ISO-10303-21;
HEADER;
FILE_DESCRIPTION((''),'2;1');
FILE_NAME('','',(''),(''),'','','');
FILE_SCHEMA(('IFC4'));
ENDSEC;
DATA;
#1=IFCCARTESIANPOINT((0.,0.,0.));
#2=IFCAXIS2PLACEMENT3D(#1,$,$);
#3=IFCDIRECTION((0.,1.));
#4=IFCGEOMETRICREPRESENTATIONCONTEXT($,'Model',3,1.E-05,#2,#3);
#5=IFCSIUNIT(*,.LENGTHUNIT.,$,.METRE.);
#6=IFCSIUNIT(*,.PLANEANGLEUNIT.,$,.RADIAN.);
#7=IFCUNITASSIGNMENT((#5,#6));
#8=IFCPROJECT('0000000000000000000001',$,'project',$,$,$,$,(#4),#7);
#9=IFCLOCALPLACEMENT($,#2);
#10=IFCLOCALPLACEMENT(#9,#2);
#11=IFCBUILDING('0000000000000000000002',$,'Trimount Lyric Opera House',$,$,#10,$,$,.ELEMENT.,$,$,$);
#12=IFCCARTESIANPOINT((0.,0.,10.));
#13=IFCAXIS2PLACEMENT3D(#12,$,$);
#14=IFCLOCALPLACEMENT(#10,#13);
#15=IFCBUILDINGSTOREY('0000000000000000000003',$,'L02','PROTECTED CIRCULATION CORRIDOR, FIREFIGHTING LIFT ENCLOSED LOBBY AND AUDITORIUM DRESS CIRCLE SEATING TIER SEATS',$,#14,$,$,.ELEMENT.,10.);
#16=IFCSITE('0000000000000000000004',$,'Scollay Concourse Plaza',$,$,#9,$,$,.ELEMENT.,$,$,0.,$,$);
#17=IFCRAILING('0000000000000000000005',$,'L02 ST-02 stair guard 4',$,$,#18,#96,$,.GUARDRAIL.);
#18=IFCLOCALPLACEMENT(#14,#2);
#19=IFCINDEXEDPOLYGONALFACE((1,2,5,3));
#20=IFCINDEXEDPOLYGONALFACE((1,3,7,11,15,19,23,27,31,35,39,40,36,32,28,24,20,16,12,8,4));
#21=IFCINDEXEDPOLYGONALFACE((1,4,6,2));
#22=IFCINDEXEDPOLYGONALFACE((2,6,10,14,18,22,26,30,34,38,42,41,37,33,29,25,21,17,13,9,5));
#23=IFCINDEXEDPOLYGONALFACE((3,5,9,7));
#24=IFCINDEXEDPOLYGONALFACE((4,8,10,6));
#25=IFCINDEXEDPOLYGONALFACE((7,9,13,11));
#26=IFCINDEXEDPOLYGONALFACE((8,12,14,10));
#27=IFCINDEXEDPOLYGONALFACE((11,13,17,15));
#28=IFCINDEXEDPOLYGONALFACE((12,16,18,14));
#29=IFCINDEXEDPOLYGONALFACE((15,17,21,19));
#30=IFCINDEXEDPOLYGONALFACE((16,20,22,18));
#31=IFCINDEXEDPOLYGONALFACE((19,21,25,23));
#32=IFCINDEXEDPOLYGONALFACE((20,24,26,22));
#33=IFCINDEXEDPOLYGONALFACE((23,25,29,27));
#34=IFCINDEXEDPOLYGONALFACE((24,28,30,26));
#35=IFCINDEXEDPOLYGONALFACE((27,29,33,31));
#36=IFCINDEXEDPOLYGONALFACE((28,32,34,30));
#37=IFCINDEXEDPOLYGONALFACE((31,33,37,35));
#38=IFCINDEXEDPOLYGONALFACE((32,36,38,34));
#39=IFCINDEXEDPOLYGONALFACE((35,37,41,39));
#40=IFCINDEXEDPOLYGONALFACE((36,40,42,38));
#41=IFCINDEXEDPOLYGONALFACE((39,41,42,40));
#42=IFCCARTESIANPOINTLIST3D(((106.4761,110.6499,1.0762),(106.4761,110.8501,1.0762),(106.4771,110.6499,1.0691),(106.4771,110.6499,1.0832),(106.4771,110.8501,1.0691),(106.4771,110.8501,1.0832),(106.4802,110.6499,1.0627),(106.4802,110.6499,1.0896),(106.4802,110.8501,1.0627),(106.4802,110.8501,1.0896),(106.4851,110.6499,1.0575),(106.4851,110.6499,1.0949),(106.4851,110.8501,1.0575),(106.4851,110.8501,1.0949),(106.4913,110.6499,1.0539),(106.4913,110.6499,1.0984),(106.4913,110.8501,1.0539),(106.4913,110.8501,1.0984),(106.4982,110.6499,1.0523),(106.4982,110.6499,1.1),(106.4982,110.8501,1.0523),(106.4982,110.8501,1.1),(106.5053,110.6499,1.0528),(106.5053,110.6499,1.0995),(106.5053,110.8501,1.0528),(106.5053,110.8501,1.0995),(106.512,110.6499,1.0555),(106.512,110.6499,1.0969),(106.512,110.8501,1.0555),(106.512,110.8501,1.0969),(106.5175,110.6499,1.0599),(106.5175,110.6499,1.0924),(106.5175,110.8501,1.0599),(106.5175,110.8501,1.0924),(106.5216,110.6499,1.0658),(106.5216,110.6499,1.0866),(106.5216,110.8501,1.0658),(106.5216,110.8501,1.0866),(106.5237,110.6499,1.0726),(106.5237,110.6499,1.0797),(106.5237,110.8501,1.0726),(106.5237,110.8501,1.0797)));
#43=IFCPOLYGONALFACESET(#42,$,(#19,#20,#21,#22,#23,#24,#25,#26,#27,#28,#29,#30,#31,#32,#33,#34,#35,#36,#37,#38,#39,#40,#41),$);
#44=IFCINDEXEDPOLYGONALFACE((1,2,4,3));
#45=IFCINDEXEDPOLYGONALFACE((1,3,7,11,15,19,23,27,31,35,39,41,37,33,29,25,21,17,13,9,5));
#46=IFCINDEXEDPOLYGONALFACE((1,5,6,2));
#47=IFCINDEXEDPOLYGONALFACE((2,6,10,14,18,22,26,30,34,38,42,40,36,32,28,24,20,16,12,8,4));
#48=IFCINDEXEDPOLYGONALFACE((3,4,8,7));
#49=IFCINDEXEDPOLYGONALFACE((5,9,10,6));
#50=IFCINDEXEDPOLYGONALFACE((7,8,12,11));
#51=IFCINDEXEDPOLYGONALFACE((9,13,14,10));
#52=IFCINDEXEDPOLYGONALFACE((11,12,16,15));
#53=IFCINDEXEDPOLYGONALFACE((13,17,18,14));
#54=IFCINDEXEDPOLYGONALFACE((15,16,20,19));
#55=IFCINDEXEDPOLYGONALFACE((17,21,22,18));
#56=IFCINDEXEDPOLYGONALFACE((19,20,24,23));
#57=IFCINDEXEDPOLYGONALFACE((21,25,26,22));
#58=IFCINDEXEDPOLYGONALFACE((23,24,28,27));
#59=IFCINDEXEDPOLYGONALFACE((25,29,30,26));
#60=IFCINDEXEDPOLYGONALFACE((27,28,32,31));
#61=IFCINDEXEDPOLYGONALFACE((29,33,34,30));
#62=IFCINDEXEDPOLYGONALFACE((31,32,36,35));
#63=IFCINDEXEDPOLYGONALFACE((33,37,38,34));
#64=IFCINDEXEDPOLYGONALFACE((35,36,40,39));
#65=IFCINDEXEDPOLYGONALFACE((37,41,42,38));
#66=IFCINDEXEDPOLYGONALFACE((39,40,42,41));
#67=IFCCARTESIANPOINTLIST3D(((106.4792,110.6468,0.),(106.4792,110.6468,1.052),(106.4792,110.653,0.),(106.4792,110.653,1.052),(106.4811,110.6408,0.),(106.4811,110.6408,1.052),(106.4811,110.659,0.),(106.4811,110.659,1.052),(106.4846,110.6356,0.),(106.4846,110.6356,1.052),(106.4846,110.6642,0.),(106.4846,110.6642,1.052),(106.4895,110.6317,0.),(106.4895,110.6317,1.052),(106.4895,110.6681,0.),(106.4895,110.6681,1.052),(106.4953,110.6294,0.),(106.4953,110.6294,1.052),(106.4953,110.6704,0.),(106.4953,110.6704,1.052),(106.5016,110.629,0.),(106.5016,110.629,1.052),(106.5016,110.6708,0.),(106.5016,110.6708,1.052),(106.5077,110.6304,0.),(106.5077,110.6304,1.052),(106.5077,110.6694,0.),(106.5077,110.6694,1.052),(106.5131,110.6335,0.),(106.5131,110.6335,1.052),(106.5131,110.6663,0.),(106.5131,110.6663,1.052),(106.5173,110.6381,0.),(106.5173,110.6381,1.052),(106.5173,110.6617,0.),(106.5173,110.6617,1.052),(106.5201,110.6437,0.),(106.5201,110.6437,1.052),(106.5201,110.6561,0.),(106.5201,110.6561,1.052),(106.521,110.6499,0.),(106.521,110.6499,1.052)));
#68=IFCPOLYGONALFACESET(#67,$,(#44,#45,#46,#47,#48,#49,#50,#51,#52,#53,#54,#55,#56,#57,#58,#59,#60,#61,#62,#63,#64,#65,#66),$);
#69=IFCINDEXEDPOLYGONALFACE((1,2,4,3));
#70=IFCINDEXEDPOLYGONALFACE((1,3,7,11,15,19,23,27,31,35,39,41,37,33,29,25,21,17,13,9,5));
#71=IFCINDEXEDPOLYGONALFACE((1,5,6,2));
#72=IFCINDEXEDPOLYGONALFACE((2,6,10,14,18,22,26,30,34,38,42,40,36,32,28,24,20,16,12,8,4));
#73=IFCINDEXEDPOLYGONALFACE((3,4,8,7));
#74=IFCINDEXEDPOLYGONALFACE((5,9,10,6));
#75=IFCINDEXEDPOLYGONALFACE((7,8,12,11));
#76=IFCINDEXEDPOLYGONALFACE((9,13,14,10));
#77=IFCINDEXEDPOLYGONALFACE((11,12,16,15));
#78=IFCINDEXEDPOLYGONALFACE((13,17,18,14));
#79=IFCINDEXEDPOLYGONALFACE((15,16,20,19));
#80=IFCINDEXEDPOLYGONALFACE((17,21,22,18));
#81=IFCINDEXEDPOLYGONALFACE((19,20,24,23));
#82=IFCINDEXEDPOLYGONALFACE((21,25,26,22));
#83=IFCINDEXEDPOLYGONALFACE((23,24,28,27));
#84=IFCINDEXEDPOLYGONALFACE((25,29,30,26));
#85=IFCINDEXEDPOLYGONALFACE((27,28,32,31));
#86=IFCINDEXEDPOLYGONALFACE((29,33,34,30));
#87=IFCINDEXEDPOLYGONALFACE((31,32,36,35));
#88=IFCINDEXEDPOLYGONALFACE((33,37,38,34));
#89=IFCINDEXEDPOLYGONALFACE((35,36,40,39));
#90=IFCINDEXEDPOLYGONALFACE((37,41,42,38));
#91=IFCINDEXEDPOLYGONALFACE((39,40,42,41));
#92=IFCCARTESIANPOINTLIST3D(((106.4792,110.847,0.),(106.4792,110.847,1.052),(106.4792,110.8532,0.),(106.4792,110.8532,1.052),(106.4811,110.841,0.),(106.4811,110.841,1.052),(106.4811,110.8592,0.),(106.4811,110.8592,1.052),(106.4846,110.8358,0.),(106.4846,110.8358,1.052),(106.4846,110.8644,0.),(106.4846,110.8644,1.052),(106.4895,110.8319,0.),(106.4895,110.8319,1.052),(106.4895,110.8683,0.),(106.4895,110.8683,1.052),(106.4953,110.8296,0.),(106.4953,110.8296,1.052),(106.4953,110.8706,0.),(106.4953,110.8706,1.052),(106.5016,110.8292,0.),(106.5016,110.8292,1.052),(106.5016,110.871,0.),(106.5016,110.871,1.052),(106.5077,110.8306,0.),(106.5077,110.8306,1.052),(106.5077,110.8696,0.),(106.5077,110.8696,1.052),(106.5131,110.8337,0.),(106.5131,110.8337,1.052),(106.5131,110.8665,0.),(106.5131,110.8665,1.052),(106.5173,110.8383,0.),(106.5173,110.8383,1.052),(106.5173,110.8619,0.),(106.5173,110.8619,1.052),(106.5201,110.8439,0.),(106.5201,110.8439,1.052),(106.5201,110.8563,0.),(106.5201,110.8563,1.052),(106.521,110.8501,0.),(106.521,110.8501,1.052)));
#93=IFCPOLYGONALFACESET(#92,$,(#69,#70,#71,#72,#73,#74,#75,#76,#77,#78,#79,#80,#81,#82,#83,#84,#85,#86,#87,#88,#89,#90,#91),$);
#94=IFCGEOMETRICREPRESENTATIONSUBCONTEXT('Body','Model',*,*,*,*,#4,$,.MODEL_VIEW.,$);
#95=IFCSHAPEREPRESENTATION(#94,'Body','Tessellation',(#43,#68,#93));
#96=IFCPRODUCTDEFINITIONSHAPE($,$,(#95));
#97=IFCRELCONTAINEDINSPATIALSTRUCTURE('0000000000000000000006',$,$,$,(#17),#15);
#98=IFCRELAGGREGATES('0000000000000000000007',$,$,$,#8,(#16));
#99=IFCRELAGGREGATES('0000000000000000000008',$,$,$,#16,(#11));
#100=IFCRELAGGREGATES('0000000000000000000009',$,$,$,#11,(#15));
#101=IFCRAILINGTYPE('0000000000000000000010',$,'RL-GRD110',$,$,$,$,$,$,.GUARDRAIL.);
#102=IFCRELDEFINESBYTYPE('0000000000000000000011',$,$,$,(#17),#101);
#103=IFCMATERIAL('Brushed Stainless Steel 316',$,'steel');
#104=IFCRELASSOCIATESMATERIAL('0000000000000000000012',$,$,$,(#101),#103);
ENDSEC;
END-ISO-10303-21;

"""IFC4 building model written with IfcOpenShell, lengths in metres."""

from ifc_helpers import new_model, si_unit, direction, frame, origin, origin_2d, place, context, subcontext, project, spatial, circle, extrude, material, type_object, element, save


model = new_model("IFC4")

# Units and contexts
model_context = context("Model", 3, precision=1e-05, world=origin(), true_north=direction((0.0, 1.0)))
body_context = subcontext(model_context, "Body", "Model", "MODEL_VIEW")
ifc_project = project(units=[si_unit("LENGTHUNIT", "METRE"), si_unit("PLANEANGLEUNIT", "RADIAN")], contexts=[model_context])

# Site, building, storey
site_placement = place(None, origin())
site = spatial("IfcSite", under=ifc_project, at=site_placement, Name="Scollay Concourse Plaza", CompositionType="ELEMENT", RefElevation=0.0)
building_placement = place(site_placement, origin())
building = spatial("IfcBuilding", under=site, at=building_placement, Name="Trimount Lyric Opera House", CompositionType="ELEMENT")
storey_placement = place(building_placement, frame((0.0, 0.0, 10.0)))
storey = spatial("IfcBuildingStorey", under=building, at=storey_placement, Name="L02", Description="PROTECTED CIRCULATION CORRIDOR, FIREFIGHTING LIFT ENCLOSED LOBBY AND AUDITORIUM DRESS CIRCLE SEATING TIER SEATS", CompositionType="ELEMENT", Elevation=10.0)

# Railing
ifc_material_1 = material(Name="Brushed Stainless Steel 316", Category="steel")
railing_type_1 = type_object("IfcRailingType", Name="RL-GRD110", PredefinedType="GUARDRAIL", material=ifc_material_1)
railing_1_placement = place(storey_placement, frame((106.5, 110.6499, 0.0)))
element("IfcRailing", 1, at=railing_1_placement, inside=storey, type_object=railing_type_1, Name="L02 ST-02 stair guard 4", PredefinedType="GUARDRAIL", context=body_context, shape_type="SweptSolid", body=[
    extrude(circle(Radius=0.0239, at=origin_2d()), frame((0.0, 0.0, 1.0762), z_axis=(0.0, 1.0, 0.0), x_axis=(-1.0, 0.0, 0.0)), (0.0, 0.0, 1.0), 0.2002),
    extrude(circle(Radius=0.021, at=origin_2d()), origin(), (0.0, 0.0, 1.0), 1.052),
    extrude(circle(Radius=0.021, at=origin_2d()), frame((0.0, 0.2002, 0.0)), (0.0, 0.0, 1.0), 1.052),
])

save(model, "model.ifc")
